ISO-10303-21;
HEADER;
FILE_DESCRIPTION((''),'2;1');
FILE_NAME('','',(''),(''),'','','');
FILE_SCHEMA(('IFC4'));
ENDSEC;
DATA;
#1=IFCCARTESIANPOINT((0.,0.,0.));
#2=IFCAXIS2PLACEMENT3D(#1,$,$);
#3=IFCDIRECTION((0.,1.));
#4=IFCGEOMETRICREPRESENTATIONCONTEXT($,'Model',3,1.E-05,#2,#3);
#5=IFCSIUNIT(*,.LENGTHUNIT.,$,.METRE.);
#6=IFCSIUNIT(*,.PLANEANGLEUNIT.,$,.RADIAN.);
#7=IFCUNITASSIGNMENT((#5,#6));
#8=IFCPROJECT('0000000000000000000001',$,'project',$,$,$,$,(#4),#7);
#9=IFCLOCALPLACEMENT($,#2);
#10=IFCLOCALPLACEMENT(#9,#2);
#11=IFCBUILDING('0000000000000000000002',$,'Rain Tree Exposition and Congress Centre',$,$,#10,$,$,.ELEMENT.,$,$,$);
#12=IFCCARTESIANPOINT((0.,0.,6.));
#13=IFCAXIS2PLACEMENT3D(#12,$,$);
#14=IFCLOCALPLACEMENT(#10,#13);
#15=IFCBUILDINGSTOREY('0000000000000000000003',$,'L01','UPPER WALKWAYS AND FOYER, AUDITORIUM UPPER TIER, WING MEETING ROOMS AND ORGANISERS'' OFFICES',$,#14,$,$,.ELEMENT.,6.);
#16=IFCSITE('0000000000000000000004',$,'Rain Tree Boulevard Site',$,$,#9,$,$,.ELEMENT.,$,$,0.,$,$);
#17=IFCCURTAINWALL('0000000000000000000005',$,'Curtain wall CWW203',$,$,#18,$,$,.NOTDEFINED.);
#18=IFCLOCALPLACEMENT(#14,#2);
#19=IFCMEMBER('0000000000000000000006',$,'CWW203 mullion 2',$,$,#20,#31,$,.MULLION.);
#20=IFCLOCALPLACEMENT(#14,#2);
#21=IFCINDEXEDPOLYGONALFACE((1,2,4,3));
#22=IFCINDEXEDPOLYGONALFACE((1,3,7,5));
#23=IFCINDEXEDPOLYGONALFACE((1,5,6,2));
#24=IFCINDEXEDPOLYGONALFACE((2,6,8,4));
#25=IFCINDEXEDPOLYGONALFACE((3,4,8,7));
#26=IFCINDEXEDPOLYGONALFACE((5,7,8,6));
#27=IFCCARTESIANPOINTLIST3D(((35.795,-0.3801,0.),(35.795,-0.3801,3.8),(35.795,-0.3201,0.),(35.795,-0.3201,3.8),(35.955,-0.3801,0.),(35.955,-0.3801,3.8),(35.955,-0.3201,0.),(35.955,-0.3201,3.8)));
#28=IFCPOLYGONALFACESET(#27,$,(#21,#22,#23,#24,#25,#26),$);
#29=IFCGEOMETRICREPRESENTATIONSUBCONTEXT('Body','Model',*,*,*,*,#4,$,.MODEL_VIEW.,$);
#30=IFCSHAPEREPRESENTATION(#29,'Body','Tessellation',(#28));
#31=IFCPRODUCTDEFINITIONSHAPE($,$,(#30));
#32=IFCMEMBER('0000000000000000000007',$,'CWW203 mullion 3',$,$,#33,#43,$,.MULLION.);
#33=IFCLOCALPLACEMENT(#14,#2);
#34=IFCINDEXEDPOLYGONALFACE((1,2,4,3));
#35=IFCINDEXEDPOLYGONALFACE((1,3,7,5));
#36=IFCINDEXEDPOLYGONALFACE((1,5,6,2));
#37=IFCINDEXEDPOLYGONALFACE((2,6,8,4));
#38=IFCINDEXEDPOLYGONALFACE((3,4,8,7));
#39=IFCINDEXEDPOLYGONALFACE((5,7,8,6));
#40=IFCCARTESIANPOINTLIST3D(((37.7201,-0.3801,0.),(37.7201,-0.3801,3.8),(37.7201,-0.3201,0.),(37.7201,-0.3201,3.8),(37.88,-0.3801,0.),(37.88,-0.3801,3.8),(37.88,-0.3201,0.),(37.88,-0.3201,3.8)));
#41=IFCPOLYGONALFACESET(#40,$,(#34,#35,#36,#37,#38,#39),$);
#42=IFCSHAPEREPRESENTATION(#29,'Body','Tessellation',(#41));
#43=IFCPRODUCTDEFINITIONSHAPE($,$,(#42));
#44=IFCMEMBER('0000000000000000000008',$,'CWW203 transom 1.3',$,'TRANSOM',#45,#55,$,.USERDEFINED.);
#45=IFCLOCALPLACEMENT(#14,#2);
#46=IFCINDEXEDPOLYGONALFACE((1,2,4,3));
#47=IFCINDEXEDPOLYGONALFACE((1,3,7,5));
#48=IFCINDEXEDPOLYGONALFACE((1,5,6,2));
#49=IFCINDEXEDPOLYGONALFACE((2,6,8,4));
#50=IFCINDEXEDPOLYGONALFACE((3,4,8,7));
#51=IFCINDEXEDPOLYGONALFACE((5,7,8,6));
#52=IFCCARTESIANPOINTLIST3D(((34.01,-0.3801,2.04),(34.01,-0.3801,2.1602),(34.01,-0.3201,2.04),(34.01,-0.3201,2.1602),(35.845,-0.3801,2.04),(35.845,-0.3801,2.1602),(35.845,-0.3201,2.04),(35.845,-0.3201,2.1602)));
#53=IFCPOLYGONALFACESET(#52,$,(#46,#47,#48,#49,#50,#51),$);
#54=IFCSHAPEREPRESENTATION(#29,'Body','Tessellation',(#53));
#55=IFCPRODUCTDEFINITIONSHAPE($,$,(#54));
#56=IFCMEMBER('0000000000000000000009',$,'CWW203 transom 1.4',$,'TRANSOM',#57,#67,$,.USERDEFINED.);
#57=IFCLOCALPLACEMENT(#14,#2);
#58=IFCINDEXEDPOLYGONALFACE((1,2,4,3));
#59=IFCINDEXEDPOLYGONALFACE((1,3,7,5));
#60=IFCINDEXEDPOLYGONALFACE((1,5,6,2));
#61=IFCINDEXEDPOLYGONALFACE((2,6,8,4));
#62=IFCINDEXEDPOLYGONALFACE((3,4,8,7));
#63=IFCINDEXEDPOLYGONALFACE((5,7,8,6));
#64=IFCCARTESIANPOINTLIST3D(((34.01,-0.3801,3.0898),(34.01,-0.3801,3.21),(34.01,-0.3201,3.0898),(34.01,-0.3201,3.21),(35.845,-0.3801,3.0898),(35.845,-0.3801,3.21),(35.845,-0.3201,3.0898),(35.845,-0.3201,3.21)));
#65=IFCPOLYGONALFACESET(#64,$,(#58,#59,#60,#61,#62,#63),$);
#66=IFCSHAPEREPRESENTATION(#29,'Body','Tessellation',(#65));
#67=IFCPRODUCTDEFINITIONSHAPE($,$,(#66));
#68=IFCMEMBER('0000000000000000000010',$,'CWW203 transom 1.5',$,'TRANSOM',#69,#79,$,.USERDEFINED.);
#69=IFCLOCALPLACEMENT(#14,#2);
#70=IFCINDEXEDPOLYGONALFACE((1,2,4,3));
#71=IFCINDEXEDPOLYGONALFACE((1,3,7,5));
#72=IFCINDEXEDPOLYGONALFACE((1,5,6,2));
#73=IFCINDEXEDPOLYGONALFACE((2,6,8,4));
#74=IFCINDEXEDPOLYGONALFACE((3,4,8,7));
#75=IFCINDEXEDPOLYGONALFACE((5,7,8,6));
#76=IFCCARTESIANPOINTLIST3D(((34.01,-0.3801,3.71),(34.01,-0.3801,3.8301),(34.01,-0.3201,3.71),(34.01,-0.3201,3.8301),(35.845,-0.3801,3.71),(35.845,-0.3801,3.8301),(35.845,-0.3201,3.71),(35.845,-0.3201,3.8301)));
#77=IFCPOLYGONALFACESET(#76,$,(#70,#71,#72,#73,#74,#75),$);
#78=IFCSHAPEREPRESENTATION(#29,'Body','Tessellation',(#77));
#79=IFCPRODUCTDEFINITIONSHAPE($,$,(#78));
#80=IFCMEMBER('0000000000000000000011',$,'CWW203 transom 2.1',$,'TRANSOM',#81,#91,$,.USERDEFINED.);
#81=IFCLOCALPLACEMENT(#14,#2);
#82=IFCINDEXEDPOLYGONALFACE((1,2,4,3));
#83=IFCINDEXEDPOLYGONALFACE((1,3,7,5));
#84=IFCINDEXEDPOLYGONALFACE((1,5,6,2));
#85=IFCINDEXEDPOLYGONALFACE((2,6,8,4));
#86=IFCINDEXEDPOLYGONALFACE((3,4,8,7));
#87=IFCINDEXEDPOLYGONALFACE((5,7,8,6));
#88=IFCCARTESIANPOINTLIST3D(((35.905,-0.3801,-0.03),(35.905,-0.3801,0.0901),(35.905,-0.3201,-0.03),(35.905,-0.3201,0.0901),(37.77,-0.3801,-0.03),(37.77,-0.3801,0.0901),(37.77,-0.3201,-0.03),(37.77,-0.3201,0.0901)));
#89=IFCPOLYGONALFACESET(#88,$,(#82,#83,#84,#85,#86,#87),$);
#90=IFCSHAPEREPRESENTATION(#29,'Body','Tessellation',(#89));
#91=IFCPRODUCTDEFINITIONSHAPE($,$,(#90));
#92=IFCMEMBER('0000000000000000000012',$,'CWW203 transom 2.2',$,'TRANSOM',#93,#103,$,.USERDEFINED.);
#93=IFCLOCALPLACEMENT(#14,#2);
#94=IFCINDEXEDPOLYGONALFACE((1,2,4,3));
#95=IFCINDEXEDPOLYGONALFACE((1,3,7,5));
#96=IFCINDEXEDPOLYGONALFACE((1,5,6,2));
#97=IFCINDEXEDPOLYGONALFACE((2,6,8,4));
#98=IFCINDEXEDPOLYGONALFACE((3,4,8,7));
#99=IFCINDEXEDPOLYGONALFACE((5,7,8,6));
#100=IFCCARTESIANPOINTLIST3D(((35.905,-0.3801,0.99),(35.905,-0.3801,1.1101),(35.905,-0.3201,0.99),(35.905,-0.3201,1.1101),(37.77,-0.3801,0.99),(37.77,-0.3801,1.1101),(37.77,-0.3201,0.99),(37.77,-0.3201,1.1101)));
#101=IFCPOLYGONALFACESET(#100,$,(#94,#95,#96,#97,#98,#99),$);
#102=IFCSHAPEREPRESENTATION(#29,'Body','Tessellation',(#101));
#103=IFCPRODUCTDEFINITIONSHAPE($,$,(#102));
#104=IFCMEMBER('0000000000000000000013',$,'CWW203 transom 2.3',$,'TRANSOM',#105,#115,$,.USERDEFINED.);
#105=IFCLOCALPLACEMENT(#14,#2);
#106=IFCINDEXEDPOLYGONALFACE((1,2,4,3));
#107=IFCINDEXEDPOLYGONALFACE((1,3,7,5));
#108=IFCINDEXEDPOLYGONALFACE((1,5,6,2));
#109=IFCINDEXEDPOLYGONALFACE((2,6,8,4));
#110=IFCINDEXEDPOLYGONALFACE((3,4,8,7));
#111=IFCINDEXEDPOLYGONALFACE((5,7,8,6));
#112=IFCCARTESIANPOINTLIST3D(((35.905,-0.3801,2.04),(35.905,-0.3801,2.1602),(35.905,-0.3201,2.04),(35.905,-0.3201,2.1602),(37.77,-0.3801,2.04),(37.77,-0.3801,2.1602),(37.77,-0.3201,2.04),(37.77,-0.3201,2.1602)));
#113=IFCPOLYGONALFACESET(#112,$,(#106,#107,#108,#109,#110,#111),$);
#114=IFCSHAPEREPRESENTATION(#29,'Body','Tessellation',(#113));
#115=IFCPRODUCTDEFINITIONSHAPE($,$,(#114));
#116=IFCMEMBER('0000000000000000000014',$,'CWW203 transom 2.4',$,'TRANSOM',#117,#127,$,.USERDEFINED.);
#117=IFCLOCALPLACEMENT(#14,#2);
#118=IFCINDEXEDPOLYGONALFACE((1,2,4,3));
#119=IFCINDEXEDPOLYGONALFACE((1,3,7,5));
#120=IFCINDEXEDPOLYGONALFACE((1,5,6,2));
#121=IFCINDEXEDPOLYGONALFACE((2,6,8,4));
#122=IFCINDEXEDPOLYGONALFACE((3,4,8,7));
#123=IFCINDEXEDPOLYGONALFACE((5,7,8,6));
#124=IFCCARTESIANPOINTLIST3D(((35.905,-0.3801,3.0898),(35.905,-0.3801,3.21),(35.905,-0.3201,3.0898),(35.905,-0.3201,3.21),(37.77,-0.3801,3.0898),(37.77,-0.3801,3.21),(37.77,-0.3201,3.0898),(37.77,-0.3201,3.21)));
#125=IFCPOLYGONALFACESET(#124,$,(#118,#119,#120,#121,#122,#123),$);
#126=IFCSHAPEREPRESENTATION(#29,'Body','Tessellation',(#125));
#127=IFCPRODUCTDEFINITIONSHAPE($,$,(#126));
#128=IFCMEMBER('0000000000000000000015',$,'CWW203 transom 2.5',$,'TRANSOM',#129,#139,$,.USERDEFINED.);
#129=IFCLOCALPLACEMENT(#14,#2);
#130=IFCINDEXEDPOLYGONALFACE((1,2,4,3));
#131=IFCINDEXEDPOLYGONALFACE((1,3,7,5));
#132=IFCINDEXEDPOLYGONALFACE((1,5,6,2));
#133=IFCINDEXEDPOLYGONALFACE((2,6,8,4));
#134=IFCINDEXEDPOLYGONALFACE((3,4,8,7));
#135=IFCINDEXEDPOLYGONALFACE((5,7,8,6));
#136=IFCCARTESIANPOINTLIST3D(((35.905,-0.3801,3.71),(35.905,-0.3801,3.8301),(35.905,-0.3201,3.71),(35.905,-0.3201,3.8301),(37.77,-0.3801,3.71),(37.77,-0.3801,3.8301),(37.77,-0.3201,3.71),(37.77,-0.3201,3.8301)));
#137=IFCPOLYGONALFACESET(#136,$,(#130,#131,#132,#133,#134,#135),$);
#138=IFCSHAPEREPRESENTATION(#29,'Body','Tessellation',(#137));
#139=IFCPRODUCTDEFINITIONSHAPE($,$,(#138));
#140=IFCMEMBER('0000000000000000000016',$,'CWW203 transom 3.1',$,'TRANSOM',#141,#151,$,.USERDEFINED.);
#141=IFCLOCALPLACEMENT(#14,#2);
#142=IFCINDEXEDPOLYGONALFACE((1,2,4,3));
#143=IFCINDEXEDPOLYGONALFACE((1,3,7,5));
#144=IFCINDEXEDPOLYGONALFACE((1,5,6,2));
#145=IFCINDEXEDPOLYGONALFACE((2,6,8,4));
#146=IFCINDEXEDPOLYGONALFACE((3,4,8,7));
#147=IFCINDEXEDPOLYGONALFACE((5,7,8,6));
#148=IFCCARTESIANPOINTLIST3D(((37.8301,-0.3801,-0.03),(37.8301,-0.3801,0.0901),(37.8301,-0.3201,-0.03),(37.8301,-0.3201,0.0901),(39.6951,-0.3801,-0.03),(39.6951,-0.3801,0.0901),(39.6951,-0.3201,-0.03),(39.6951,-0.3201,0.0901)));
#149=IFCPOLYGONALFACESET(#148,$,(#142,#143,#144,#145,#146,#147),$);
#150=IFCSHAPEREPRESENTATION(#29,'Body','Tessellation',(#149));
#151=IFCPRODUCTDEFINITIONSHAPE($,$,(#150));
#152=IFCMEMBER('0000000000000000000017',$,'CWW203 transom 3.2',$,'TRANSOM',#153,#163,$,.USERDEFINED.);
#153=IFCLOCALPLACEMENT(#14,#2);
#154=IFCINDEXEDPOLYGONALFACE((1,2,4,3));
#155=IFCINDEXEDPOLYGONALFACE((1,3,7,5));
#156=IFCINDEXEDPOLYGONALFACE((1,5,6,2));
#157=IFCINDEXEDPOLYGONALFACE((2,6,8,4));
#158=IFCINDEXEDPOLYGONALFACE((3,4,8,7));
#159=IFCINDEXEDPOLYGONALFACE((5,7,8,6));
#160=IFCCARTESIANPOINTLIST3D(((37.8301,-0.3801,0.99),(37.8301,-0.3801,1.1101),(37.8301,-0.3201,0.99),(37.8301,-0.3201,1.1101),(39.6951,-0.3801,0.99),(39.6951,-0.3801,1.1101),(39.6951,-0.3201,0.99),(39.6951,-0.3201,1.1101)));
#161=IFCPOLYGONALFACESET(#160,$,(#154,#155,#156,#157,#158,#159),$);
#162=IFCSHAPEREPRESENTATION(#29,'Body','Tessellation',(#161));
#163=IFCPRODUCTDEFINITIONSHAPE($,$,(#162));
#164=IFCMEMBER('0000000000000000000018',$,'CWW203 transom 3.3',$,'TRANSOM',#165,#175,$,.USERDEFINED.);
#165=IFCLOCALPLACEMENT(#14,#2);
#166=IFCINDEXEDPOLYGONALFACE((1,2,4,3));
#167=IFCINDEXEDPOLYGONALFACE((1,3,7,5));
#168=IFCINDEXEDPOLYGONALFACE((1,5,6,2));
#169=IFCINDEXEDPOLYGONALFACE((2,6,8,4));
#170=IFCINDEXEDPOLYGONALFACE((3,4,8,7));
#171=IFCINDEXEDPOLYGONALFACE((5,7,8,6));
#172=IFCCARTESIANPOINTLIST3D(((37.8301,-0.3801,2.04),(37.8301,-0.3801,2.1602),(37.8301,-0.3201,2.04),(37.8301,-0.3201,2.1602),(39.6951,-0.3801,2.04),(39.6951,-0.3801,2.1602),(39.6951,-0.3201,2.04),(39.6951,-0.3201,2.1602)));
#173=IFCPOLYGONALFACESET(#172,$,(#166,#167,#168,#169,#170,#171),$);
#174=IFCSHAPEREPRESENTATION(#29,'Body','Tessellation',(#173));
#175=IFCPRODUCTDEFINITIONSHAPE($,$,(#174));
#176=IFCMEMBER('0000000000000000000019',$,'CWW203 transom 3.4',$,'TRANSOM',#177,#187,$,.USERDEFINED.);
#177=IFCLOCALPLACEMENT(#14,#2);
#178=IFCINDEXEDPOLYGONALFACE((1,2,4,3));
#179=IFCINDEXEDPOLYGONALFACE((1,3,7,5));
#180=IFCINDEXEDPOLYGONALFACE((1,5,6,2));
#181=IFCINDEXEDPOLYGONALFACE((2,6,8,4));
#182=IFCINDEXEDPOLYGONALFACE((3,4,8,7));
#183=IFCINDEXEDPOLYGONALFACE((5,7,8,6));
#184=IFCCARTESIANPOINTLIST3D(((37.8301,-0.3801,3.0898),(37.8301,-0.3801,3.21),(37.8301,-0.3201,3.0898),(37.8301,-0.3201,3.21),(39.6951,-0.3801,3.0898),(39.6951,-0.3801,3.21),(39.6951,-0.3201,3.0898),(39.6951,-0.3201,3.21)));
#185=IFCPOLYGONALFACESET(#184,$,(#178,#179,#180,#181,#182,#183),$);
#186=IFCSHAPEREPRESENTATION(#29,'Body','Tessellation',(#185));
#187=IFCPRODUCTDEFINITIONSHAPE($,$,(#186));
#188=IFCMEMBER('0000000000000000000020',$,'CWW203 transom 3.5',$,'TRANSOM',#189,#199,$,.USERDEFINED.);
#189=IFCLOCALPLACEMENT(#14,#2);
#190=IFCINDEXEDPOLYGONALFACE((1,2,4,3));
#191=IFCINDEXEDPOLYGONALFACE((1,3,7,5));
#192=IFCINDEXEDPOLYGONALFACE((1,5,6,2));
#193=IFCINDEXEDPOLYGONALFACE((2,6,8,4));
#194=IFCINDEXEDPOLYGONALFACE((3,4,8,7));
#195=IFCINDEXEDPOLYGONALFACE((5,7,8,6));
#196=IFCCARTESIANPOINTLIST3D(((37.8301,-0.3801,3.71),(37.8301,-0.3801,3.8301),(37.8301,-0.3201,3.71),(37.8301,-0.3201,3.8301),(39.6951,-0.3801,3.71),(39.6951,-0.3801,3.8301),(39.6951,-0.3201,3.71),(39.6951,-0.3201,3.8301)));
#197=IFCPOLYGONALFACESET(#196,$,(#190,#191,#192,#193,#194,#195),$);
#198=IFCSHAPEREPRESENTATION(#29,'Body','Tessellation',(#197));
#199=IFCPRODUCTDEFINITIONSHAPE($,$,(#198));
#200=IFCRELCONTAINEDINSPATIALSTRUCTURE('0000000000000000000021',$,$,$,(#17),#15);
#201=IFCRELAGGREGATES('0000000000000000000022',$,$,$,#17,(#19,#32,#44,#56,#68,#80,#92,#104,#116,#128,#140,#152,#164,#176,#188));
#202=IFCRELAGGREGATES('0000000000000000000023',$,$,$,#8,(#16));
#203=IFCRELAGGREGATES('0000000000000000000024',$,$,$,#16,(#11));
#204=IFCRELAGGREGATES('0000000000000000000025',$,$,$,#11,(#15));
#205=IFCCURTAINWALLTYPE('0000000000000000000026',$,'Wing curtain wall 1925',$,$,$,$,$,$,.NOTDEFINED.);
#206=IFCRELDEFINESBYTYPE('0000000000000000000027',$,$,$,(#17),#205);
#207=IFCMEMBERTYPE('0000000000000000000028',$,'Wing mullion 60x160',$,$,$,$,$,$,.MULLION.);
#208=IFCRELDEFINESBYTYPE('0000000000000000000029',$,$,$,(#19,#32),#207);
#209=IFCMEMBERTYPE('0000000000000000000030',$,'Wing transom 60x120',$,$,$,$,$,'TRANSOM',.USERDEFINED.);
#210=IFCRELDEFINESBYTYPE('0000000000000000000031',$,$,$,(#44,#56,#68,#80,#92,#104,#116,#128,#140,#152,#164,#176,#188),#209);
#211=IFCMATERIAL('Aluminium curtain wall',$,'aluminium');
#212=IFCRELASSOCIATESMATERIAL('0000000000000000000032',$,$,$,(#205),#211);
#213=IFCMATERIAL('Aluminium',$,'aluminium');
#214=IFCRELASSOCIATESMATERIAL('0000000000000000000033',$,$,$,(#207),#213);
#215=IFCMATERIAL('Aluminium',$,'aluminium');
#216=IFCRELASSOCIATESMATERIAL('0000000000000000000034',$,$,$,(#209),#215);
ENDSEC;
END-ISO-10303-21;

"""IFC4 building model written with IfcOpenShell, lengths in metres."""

from ifc_helpers import new_model, si_unit, direction, frame, origin, origin_2d, place, context, subcontext, project, spatial, rectangle, extrude, material, material_profile, profile_set, type_object, element, aggregate, save


model = new_model("IFC4")

# Units and contexts
model_context = context("Model", 3, precision=1e-05, world=origin(), true_north=direction((0.0, 1.0)))
body_context = subcontext(model_context, "Body", "Model", "MODEL_VIEW")
ifc_project = project(units=[si_unit("LENGTHUNIT", "METRE"), si_unit("PLANEANGLEUNIT", "RADIAN")], contexts=[model_context])

# Site, building, storey
site_placement = place(None, origin())
site = spatial("IfcSite", under=ifc_project, at=site_placement, Name="Rain Tree Boulevard Site", CompositionType="ELEMENT", RefElevation=0.0)
building_placement = place(site_placement, origin())
building = spatial("IfcBuilding", under=site, at=building_placement, Name="Rain Tree Exposition and Congress Centre", CompositionType="ELEMENT")
storey_placement = place(building_placement, frame((0.0, 0.0, 6.0)))
storey = spatial("IfcBuildingStorey", under=building, at=storey_placement, Name="L01", Description="UPPER WALKWAYS AND FOYER, AUDITORIUM UPPER TIER, WING MEETING ROOMS AND ORGANISERS' OFFICES", CompositionType="ELEMENT", Elevation=6.0)

# Curtain wall, members
ifc_material_1 = material(Name="Aluminium curtain wall", Category="aluminium")
curtain_wall_type = type_object("IfcCurtainWallType", Name="Wing curtain wall 1925", PredefinedType="NOTDEFINED", material=ifc_material_1)
curtain_wall_placement = place(storey_placement, origin())
curtain_wall = element("IfcCurtainWall", 1, at=curtain_wall_placement, inside=storey, type_object=curtain_wall_type, Name="Curtain wall CWW203", PredefinedType="NOTDEFINED")
ifc_material_2 = material(Name="Aluminium", Category="aluminium")
ifc_material_profile_1 = material_profile(ifc_material_2, rectangle(XDim=0.0601, YDim=0.1599, at=origin_2d()), Name="Aluminium 60x160")
ifc_profile_set_1 = profile_set([ifc_material_profile_1], Name="Aluminium")
member_type_1 = type_object("IfcMemberType", Name="Wing mullion 60x160", PredefinedType="MULLION", material=ifc_profile_set_1)
member_1_placement = place(storey_placement, frame((35.875, -0.3501, 0.0), z_axis=(0.0, 0.0, 1.0), x_axis=(0.0, 1.0, 0.0)))
member_1 = element("IfcMember", 2, at=member_1_placement, type_object=member_type_1, Name="CWW203 mullion 2", PredefinedType="MULLION", context=body_context, shape_type="SweptSolid", body=[
    extrude(rectangle(XDim=0.0601, YDim=0.1599, at=origin_2d()), origin(), (0.0, 0.0, 1.0), 3.8),
])
member_2_placement = place(storey_placement, frame((37.8, -0.3501, 0.0), z_axis=(0.0, 0.0, 1.0), x_axis=(0.0, 1.0, 0.0)))
member_2 = element("IfcMember", 3, at=member_2_placement, type_object=member_type_1, Name="CWW203 mullion 3", PredefinedType="MULLION", context=body_context, shape_type="SweptSolid", body=[
    extrude(rectangle(XDim=0.0601, YDim=0.1599, at=origin_2d()), origin(), (0.0, 0.0, 1.0), 3.8),
])
ifc_material_3 = material(Name="Aluminium", Category="aluminium")
ifc_material_profile_2 = material_profile(ifc_material_3, rectangle(XDim=0.0601, YDim=0.1201, at=origin_2d()), Name="Aluminium 60x120")
ifc_profile_set_2 = profile_set([ifc_material_profile_2], Name="Aluminium")
member_type_2 = type_object("IfcMemberType", Name="Wing transom 60x120", ElementType="TRANSOM", PredefinedType="USERDEFINED", material=ifc_profile_set_2)
member_3_placement = place(storey_placement, frame((34.01, -0.3501, 2.1001), z_axis=(1.0, 0.0, 0.0), x_axis=(0.0, 1.0, 0.0)))
member_3 = element("IfcMember", 4, at=member_3_placement, type_object=member_type_2, Name="CWW203 transom 1.3", ObjectType="TRANSOM", PredefinedType="USERDEFINED", context=body_context, shape_type="SweptSolid", body=[
    extrude(rectangle(XDim=0.0601, YDim=0.1201, at=origin_2d()), origin(), (0.0, 0.0, 1.0), 1.835),
])
member_4_placement = place(storey_placement, frame((34.01, -0.3501, 3.1499), z_axis=(1.0, 0.0, 0.0), x_axis=(0.0, 1.0, 0.0)))
member_4 = element("IfcMember", 5, at=member_4_placement, type_object=member_type_2, Name="CWW203 transom 1.4", ObjectType="TRANSOM", PredefinedType="USERDEFINED", context=body_context, shape_type="SweptSolid", body=[
    extrude(rectangle(XDim=0.0601, YDim=0.1201, at=origin_2d()), origin(), (0.0, 0.0, 1.0), 1.835),
])
member_5_placement = place(storey_placement, frame((34.01, -0.3501, 3.77), z_axis=(1.0, 0.0, 0.0), x_axis=(0.0, 1.0, 0.0)))
member_5 = element("IfcMember", 6, at=member_5_placement, type_object=member_type_2, Name="CWW203 transom 1.5", ObjectType="TRANSOM", PredefinedType="USERDEFINED", context=body_context, shape_type="SweptSolid", body=[
    extrude(rectangle(XDim=0.0601, YDim=0.1201, at=origin_2d()), origin(), (0.0, 0.0, 1.0), 1.835),
])
member_6_placement = place(storey_placement, frame((35.905, -0.3501, 0.03), z_axis=(1.0, 0.0, 0.0), x_axis=(0.0, 1.0, 0.0)))
member_6 = element("IfcMember", 7, at=member_6_placement, type_object=member_type_2, Name="CWW203 transom 2.1", ObjectType="TRANSOM", PredefinedType="USERDEFINED", context=body_context, shape_type="SweptSolid", body=[
    extrude(rectangle(XDim=0.0601, YDim=0.1201, at=origin_2d()), origin(), (0.0, 0.0, 1.0), 1.865),
])
member_7_placement = place(storey_placement, frame((35.905, -0.3501, 1.05), z_axis=(1.0, 0.0, 0.0), x_axis=(0.0, 1.0, 0.0)))
member_7 = element("IfcMember", 8, at=member_7_placement, type_object=member_type_2, Name="CWW203 transom 2.2", ObjectType="TRANSOM", PredefinedType="USERDEFINED", context=body_context, shape_type="SweptSolid", body=[
    extrude(rectangle(XDim=0.0601, YDim=0.1201, at=origin_2d()), origin(), (0.0, 0.0, 1.0), 1.865),
])
member_8_placement = place(storey_placement, frame((35.905, -0.3501, 2.1001), z_axis=(1.0, 0.0, 0.0), x_axis=(0.0, 1.0, 0.0)))
member_8 = element("IfcMember", 9, at=member_8_placement, type_object=member_type_2, Name="CWW203 transom 2.3", ObjectType="TRANSOM", PredefinedType="USERDEFINED", context=body_context, shape_type="SweptSolid", body=[
    extrude(rectangle(XDim=0.0601, YDim=0.1201, at=origin_2d()), origin(), (0.0, 0.0, 1.0), 1.865),
])
member_9_placement = place(storey_placement, frame((35.905, -0.3501, 3.1499), z_axis=(1.0, 0.0, 0.0), x_axis=(0.0, 1.0, 0.0)))
member_9 = element("IfcMember", 10, at=member_9_placement, type_object=member_type_2, Name="CWW203 transom 2.4", ObjectType="TRANSOM", PredefinedType="USERDEFINED", context=body_context, shape_type="SweptSolid", body=[
    extrude(rectangle(XDim=0.0601, YDim=0.1201, at=origin_2d()), origin(), (0.0, 0.0, 1.0), 1.865),
])
member_10_placement = place(storey_placement, frame((35.905, -0.3501, 3.77), z_axis=(1.0, 0.0, 0.0), x_axis=(0.0, 1.0, 0.0)))
member_10 = element("IfcMember", 11, at=member_10_placement, type_object=member_type_2, Name="CWW203 transom 2.5", ObjectType="TRANSOM", PredefinedType="USERDEFINED", context=body_context, shape_type="SweptSolid", body=[
    extrude(rectangle(XDim=0.0601, YDim=0.1201, at=origin_2d()), origin(), (0.0, 0.0, 1.0), 1.865),
])
member_11_placement = place(storey_placement, frame((37.8301, -0.3501, 0.03), z_axis=(1.0, 0.0, 0.0), x_axis=(0.0, 1.0, 0.0)))
member_11 = element("IfcMember", 12, at=member_11_placement, type_object=member_type_2, Name="CWW203 transom 3.1", ObjectType="TRANSOM", PredefinedType="USERDEFINED", context=body_context, shape_type="SweptSolid", body=[
    extrude(rectangle(XDim=0.0601, YDim=0.1201, at=origin_2d()), origin(), (0.0, 0.0, 1.0), 1.865),
])
member_12_placement = place(storey_placement, frame((37.8301, -0.3501, 1.05), z_axis=(1.0, 0.0, 0.0), x_axis=(0.0, 1.0, 0.0)))
member_12 = element("IfcMember", 13, at=member_12_placement, type_object=member_type_2, Name="CWW203 transom 3.2", ObjectType="TRANSOM", PredefinedType="USERDEFINED", context=body_context, shape_type="SweptSolid", body=[
    extrude(rectangle(XDim=0.0601, YDim=0.1201, at=origin_2d()), origin(), (0.0, 0.0, 1.0), 1.865),
])
member_13_placement = place(storey_placement, frame((37.8301, -0.3501, 2.1001), z_axis=(1.0, 0.0, 0.0), x_axis=(0.0, 1.0, 0.0)))
member_13 = element("IfcMember", 14, at=member_13_placement, type_object=member_type_2, Name="CWW203 transom 3.3", ObjectType="TRANSOM", PredefinedType="USERDEFINED", context=body_context, shape_type="SweptSolid", body=[
    extrude(rectangle(XDim=0.0601, YDim=0.1201, at=origin_2d()), origin(), (0.0, 0.0, 1.0), 1.865),
])
member_14_placement = place(storey_placement, frame((37.8301, -0.3501, 3.1499), z_axis=(1.0, 0.0, 0.0), x_axis=(0.0, 1.0, 0.0)))
member_14 = element("IfcMember", 15, at=member_14_placement, type_object=member_type_2, Name="CWW203 transom 3.4", ObjectType="TRANSOM", PredefinedType="USERDEFINED", context=body_context, shape_type="SweptSolid", body=[
    extrude(rectangle(XDim=0.0601, YDim=0.1201, at=origin_2d()), origin(), (0.0, 0.0, 1.0), 1.865),
])
member_15_placement = place(storey_placement, frame((37.8301, -0.3501, 3.77), z_axis=(1.0, 0.0, 0.0), x_axis=(0.0, 1.0, 0.0)))
member_15 = element("IfcMember", 16, at=member_15_placement, type_object=member_type_2, Name="CWW203 transom 3.5", ObjectType="TRANSOM", PredefinedType="USERDEFINED", context=body_context, shape_type="SweptSolid", body=[
    extrude(rectangle(XDim=0.0601, YDim=0.1201, at=origin_2d()), origin(), (0.0, 0.0, 1.0), 1.865),
])
aggregate(curtain_wall, [member_1, member_2, member_3, member_4, member_5, member_6, member_7, member_8, member_9, member_10, member_11, member_12, member_13, member_14, member_15])

save(model, "model.ifc")
